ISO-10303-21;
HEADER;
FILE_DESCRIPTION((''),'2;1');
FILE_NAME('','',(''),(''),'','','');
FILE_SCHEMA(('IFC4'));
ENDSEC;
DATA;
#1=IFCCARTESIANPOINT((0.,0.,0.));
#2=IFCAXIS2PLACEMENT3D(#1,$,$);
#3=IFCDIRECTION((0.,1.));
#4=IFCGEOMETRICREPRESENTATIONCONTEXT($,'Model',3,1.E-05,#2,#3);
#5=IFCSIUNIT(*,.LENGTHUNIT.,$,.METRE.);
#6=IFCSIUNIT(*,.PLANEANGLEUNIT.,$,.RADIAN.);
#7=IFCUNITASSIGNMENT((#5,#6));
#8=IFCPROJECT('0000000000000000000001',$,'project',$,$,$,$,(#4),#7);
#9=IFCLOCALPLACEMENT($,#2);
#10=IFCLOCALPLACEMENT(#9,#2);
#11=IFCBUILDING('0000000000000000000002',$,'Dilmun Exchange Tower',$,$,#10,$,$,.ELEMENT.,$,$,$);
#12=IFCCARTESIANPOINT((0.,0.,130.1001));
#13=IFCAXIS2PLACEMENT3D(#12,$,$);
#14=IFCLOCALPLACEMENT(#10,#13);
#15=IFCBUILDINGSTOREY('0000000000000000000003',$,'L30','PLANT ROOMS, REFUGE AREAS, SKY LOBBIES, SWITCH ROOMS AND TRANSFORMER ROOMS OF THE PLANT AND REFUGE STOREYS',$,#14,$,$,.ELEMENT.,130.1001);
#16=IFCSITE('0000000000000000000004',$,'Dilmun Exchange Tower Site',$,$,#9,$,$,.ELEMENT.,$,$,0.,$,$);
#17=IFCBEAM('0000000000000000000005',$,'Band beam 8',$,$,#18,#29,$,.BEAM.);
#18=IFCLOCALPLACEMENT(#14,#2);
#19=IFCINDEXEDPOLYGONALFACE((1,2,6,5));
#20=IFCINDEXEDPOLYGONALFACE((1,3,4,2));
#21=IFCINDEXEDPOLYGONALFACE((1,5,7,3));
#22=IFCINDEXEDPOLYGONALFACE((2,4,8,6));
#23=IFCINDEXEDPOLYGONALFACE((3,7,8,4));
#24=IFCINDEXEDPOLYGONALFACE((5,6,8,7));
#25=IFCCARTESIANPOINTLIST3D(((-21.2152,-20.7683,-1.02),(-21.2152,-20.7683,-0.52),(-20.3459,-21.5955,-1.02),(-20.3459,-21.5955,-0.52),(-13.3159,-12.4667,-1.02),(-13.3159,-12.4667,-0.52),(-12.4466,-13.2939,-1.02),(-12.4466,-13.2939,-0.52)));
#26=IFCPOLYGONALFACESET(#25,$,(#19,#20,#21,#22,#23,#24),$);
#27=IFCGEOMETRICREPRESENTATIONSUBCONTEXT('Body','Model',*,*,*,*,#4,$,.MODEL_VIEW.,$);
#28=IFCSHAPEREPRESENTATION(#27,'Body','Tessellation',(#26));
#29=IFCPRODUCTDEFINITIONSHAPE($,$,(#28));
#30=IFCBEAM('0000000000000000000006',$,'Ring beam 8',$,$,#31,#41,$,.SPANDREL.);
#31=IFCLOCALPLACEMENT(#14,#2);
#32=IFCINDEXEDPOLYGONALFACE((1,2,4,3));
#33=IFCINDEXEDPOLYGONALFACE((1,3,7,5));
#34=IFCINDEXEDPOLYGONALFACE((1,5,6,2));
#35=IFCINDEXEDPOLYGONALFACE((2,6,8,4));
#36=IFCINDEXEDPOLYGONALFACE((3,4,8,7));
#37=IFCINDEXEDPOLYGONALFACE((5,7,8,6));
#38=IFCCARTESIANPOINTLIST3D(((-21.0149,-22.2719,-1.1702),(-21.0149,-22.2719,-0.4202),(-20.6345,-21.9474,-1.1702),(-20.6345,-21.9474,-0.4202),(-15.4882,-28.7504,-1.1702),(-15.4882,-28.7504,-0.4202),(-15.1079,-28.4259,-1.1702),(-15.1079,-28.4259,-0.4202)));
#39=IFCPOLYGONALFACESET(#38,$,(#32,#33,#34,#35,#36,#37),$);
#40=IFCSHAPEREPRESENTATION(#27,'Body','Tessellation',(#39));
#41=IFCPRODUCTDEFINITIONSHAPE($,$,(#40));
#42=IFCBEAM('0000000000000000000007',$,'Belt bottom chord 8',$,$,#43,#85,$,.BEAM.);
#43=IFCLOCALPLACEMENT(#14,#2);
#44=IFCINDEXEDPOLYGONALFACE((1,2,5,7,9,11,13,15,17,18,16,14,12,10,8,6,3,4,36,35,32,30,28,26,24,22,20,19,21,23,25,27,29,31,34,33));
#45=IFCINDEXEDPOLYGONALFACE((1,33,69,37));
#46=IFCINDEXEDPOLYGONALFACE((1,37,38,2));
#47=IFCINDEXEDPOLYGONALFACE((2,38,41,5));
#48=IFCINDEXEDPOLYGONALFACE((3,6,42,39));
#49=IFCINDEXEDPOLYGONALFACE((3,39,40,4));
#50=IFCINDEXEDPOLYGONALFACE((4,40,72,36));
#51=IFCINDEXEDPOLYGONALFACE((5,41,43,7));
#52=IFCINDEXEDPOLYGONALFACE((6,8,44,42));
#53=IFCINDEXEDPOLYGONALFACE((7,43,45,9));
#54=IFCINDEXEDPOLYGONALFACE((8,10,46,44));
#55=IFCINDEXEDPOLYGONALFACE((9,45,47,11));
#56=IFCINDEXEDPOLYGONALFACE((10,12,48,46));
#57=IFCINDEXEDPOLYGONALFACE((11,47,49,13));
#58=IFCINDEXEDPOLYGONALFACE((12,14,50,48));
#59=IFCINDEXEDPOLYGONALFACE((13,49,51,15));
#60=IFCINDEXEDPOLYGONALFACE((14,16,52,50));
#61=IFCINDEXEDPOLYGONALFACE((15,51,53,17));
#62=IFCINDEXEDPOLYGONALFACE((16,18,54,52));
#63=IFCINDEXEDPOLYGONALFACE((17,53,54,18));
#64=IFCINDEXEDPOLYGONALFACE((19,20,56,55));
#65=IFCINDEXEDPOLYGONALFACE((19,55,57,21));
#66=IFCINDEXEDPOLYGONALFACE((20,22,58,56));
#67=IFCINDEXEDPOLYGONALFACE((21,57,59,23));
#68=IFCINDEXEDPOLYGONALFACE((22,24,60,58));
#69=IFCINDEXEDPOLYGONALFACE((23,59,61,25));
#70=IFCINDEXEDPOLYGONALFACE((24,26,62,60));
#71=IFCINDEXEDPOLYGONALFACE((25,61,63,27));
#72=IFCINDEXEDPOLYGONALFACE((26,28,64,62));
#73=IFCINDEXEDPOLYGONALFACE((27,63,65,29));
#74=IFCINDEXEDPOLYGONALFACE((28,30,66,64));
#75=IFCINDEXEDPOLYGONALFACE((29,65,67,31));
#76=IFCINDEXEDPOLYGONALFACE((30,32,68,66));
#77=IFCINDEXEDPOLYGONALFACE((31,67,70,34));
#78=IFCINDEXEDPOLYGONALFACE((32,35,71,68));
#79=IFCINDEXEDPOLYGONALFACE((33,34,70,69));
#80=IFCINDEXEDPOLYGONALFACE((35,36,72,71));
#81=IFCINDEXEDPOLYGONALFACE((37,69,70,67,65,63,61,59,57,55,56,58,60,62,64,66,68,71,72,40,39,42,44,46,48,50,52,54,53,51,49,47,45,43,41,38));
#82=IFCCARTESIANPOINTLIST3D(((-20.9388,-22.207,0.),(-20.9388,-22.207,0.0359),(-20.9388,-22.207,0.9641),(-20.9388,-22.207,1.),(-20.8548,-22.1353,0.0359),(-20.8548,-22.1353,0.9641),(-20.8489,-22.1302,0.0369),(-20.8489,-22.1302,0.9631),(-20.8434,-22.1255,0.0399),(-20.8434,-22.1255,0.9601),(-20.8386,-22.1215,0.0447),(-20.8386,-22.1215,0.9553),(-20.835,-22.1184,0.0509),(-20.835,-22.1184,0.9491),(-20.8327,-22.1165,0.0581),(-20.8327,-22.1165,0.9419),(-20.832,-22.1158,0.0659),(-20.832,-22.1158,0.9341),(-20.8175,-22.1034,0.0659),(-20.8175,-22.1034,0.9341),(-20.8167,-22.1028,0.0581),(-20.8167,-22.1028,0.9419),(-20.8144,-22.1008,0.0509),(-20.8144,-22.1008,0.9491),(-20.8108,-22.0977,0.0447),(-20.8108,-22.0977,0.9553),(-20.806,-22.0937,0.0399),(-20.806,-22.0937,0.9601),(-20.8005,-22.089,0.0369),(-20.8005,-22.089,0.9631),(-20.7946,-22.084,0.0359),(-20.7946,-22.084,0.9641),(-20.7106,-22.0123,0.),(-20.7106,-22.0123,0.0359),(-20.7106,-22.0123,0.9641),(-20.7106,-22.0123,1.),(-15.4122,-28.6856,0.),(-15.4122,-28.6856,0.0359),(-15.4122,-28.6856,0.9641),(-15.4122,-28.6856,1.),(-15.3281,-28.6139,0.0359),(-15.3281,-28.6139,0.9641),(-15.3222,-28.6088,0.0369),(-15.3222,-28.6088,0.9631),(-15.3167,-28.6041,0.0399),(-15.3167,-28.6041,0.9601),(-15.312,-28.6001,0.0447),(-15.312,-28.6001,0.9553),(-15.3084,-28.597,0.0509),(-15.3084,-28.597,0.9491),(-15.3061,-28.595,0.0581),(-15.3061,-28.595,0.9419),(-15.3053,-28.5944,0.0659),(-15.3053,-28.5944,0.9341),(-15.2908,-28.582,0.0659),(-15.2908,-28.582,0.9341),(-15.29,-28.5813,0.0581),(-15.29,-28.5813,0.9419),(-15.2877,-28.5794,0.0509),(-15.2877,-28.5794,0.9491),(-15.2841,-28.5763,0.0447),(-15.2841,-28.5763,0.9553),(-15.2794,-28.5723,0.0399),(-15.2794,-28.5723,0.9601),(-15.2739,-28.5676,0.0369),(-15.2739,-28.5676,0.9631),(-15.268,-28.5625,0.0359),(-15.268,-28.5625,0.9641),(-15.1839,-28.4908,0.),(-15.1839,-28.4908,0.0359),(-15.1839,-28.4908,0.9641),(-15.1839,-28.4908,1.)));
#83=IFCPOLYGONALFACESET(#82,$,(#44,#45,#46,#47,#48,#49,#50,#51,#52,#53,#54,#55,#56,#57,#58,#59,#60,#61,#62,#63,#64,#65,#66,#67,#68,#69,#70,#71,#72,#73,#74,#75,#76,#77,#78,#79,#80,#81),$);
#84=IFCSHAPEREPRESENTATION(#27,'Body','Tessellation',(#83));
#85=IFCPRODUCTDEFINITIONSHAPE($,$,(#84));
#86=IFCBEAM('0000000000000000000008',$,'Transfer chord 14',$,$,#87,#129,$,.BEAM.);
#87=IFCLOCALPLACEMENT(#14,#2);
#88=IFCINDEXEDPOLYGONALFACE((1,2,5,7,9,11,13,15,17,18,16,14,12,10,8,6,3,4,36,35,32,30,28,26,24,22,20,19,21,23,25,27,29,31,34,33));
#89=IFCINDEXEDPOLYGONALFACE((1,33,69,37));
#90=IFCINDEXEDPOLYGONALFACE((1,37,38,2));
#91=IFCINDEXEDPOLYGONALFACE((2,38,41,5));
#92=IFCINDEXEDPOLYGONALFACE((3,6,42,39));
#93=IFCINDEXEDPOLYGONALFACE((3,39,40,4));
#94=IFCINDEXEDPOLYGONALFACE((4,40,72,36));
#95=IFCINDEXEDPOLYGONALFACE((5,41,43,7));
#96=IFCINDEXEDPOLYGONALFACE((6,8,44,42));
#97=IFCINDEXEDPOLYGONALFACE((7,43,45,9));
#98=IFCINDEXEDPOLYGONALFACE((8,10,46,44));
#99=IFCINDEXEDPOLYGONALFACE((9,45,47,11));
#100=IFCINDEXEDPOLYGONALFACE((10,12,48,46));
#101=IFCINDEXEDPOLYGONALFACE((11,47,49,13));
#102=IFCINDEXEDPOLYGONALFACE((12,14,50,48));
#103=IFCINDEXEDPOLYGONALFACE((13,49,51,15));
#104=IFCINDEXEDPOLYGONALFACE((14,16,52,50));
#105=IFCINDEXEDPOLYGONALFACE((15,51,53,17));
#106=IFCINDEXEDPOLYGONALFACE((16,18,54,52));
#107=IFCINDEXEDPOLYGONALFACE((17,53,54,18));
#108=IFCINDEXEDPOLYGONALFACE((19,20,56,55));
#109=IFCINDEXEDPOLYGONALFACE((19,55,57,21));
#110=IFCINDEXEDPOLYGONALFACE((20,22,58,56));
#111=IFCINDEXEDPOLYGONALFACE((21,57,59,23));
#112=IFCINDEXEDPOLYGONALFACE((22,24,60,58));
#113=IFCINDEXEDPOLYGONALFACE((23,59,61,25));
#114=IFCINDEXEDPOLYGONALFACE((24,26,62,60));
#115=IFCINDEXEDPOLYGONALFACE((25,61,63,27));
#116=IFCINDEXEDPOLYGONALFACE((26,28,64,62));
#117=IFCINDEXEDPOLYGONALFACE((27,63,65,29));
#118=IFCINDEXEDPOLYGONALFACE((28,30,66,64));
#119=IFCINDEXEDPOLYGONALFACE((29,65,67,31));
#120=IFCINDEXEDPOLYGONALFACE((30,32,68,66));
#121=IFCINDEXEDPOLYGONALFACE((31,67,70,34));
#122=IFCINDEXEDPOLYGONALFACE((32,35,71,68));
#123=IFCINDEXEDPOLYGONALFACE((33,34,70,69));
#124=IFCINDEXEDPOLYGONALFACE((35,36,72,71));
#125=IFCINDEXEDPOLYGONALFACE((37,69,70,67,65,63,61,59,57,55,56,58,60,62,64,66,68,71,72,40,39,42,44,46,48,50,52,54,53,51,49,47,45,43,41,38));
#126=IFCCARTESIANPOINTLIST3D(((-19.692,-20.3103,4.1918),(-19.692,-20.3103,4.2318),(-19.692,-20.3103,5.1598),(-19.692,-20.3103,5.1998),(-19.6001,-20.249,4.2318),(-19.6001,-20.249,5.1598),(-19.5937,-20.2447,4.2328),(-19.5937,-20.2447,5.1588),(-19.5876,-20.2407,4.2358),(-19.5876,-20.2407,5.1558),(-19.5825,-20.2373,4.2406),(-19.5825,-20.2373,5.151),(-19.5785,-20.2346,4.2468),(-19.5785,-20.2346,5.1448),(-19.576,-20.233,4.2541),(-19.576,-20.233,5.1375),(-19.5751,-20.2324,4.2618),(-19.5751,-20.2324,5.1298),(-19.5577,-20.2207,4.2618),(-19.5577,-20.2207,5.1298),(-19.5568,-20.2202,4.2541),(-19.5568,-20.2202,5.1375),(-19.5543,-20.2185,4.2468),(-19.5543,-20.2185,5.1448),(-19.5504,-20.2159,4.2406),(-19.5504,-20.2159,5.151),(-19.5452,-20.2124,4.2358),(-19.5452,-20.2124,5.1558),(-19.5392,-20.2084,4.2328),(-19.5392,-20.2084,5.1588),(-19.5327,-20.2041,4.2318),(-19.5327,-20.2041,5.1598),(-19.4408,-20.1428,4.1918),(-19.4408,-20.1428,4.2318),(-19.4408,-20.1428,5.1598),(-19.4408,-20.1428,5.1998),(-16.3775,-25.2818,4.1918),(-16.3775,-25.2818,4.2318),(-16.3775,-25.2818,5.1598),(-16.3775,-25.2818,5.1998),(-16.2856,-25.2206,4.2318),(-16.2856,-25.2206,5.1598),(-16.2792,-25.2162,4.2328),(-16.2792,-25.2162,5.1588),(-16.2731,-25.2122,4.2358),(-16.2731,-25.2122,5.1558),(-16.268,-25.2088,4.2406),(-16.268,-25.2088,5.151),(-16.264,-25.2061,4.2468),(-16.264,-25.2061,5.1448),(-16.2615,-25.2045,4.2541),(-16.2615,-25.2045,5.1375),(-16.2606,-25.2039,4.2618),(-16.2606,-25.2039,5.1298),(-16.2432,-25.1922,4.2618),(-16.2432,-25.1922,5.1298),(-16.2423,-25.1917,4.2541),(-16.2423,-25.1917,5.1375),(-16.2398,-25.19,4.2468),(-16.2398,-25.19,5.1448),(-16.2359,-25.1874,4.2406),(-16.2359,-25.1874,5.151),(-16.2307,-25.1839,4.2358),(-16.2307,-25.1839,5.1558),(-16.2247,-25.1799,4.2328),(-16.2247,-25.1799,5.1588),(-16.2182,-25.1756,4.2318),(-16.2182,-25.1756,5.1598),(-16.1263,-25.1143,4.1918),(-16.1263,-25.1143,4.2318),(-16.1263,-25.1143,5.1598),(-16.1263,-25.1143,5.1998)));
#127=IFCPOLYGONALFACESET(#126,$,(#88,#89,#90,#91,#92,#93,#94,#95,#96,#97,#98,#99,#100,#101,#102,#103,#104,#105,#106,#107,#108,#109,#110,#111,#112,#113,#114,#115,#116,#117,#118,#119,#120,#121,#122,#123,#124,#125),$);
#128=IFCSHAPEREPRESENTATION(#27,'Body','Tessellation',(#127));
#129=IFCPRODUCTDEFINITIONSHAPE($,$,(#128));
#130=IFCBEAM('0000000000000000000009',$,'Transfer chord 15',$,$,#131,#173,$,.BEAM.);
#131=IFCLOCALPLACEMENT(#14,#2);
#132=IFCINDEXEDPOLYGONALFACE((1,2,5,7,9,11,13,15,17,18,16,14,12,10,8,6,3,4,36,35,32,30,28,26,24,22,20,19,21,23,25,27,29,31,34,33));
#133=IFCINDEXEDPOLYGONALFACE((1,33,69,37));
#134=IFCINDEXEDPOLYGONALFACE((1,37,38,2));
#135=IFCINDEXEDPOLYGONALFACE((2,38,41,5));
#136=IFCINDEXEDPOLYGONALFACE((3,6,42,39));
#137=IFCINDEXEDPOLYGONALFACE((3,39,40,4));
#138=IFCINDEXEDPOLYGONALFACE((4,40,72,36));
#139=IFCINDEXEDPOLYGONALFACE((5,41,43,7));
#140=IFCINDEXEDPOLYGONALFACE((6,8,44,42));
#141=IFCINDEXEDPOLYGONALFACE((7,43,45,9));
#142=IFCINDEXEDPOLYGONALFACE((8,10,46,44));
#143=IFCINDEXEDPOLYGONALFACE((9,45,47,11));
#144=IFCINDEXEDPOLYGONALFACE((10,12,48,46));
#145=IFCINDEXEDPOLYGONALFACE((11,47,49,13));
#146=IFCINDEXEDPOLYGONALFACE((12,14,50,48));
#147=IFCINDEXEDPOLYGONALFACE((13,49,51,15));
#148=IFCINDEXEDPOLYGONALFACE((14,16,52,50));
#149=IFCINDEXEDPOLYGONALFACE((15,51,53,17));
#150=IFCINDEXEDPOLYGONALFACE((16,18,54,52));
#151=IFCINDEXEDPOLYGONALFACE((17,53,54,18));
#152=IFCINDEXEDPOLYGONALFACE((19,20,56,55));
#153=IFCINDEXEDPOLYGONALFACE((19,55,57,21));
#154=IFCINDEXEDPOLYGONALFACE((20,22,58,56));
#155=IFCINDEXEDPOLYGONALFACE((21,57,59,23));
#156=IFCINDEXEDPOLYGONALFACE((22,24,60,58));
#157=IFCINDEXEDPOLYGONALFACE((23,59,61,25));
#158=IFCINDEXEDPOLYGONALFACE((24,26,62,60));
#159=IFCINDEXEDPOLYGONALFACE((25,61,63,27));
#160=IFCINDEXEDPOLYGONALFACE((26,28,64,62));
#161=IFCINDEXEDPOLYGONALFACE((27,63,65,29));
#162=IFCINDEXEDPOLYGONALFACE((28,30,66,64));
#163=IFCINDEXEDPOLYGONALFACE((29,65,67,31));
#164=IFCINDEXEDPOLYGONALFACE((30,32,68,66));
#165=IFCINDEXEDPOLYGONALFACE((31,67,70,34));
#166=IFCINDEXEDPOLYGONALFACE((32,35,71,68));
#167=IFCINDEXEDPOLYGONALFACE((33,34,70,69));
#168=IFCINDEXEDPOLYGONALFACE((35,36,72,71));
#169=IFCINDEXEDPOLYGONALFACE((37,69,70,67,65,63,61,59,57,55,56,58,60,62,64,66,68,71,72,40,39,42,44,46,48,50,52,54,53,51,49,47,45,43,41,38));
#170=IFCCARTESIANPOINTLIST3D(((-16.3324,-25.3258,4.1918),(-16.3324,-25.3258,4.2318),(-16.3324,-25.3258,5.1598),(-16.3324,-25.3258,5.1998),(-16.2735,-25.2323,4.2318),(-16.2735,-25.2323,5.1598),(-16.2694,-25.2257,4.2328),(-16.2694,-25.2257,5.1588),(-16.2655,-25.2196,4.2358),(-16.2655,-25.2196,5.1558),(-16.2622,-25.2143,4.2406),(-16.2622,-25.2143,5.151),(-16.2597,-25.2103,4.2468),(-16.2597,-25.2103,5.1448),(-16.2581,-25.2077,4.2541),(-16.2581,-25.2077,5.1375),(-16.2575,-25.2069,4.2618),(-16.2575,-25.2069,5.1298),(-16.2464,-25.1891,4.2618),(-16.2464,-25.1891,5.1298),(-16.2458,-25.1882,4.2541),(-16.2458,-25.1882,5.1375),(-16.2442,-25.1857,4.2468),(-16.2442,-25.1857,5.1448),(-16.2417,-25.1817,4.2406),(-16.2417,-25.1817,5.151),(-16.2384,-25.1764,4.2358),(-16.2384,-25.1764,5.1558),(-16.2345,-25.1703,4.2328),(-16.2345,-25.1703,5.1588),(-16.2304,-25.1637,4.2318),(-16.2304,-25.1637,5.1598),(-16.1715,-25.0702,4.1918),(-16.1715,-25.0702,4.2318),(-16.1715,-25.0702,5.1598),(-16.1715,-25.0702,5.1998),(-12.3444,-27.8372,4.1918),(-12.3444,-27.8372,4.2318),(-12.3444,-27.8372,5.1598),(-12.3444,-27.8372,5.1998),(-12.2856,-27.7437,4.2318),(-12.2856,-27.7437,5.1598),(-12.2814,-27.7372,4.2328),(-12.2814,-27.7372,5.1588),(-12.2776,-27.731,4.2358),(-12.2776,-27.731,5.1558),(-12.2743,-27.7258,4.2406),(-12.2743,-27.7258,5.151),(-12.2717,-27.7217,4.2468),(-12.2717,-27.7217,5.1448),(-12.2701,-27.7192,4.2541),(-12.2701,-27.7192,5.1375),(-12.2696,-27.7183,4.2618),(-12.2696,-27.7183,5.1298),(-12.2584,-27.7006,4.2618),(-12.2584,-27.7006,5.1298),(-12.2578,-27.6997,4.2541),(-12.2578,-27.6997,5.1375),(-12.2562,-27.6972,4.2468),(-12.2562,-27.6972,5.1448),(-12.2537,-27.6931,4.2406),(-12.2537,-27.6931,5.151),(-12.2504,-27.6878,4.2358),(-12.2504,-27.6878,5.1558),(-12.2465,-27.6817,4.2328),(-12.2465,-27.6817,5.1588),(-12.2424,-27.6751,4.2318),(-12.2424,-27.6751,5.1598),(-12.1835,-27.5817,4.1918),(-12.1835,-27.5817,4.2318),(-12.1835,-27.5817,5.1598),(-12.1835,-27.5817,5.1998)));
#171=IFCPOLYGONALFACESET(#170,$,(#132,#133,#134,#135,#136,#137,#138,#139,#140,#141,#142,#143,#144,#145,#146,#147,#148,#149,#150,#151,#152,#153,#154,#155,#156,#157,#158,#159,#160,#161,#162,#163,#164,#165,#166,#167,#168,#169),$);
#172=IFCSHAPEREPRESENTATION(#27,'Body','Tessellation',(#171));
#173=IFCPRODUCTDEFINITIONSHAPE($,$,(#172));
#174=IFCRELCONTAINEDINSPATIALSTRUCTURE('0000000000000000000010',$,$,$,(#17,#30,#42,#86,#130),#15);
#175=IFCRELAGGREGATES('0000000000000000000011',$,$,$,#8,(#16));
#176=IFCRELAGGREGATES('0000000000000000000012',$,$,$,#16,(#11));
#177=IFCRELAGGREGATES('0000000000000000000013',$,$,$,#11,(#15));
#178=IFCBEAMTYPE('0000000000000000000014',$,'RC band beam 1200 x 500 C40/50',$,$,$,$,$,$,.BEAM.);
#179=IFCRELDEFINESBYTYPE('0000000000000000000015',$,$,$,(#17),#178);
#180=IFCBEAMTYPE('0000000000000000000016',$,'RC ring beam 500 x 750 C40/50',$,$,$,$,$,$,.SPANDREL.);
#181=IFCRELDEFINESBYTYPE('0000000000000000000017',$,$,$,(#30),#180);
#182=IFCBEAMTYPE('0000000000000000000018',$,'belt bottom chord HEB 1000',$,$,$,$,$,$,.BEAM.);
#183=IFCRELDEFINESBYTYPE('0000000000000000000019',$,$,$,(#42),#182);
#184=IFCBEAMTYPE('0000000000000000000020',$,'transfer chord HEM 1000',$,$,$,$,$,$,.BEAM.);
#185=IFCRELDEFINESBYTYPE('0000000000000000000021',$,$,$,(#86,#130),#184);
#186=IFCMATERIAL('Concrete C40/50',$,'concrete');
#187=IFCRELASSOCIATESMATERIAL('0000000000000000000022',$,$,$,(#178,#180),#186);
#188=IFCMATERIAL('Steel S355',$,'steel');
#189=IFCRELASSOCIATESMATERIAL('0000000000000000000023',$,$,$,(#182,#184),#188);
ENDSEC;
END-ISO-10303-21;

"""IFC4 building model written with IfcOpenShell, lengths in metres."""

from ifc_helpers import new_model, si_unit, direction, frame, origin, origin_2d, place, context, subcontext, project, spatial, rectangle, i_section, extrude, material, material_profile, profile_set, type_object, element, save


model = new_model("IFC4")

# Units and contexts
model_context = context("Model", 3, precision=1e-05, world=origin(), true_north=direction((0.0, 1.0)))
body_context = subcontext(model_context, "Body", "Model", "MODEL_VIEW")
ifc_project = project(units=[si_unit("LENGTHUNIT", "METRE"), si_unit("PLANEANGLEUNIT", "RADIAN")], contexts=[model_context])

# Site, building, storey
site_placement = place(None, origin())
site = spatial("IfcSite", under=ifc_project, at=site_placement, Name="Dilmun Exchange Tower Site", CompositionType="ELEMENT", RefElevation=0.0)
building_placement = place(site_placement, origin())
building = spatial("IfcBuilding", under=site, at=building_placement, Name="Dilmun Exchange Tower", CompositionType="ELEMENT")
storey_placement = place(building_placement, frame((0.0, 0.0, 130.1001)))
storey = spatial("IfcBuildingStorey", under=building, at=storey_placement, Name="L30", Description="PLANT ROOMS, REFUGE AREAS, SKY LOBBIES, SWITCH ROOMS AND TRANSFORMER ROOMS OF THE PLANT AND REFUGE STOREYS", CompositionType="ELEMENT", Elevation=130.1001)

# Beams
ifc_material_1 = material(Name="Concrete C40/50", Category="concrete")
ifc_material_profile_1 = material_profile(ifc_material_1, rectangle(XDim=1.2, YDim=0.5, at=origin_2d()), Name="1200 x 500")
ifc_profile_set_1 = profile_set([ifc_material_profile_1], Name="Concrete C40/50")
beam_type_1 = type_object("IfcBeamType", Name="RC band beam 1200 x 500 C40/50", PredefinedType="BEAM", material=ifc_profile_set_1)
beam_1_placement = place(storey_placement, frame((-20.7805, -21.1819, -0.77), z_axis=(0.689333, 0.724444, 0.0), x_axis=(-0.724444, 0.689333, 0.0)))
element("IfcBeam", 1, at=beam_1_placement, inside=storey, type_object=beam_type_1, Name="Band beam 8", PredefinedType="BEAM", context=body_context, shape_type="SweptSolid", body=[
    extrude(rectangle(XDim=1.2, YDim=0.5, at=origin_2d()), origin(), (0.0, 0.0, 1.0), 11.4592),
])
ifc_material_profile_2 = material_profile(ifc_material_1, rectangle(XDim=0.5, YDim=0.75, at=origin_2d()), Name="500 x 750")
ifc_profile_set_2 = profile_set([ifc_material_profile_2], Name="Concrete C40/50")
beam_type_2 = type_object("IfcBeamType", Name="RC ring beam 500 x 750 C40/50", PredefinedType="SPANDREL", material=ifc_profile_set_2)
beam_2_placement = place(storey_placement, frame((-20.8247, -22.1096, -0.7952), z_axis=(0.649002, -0.760786, 0.0), x_axis=(0.760786, 0.649002, 0.0)))
element("IfcBeam", 2, at=beam_2_placement, inside=storey, type_object=beam_type_2, Name="Ring beam 8", PredefinedType="SPANDREL", context=body_context, shape_type="SweptSolid", body=[
    extrude(rectangle(XDim=0.5, YDim=0.75, at=origin_2d()), origin(), (0.0, 0.0, 1.0), 8.5156),
])
ifc_material_2 = material(Name="Steel S355", Category="steel")
ifc_material_profile_3 = material_profile(ifc_material_2, i_section(OverallWidth=0.3, OverallDepth=1.0, WebThickness=0.019, FlangeThickness=0.0359, FilletRadius=0.03, at=origin_2d()), Name="HEB 1000")
ifc_profile_set_3 = profile_set([ifc_material_profile_3], Name="Steel S355")
beam_type_3 = type_object("IfcBeamType", Name="belt bottom chord HEB 1000", PredefinedType="BEAM", material=ifc_profile_set_3)
beam_3_placement = place(storey_placement, frame((-20.8247, -22.1096, 0.5), z_axis=(0.649002, -0.760786, 0.0), x_axis=(0.760786, 0.649002, 0.0)))
element("IfcBeam", 3, at=beam_3_placement, inside=storey, type_object=beam_type_3, Name="Belt bottom chord 8", PredefinedType="BEAM", context=body_context, shape_type="SweptSolid", body=[
    extrude(i_section(OverallWidth=0.3, OverallDepth=1.0, WebThickness=0.019, FlangeThickness=0.0359, FilletRadius=0.03, at=origin_2d()), origin(), (0.0, 0.0, 1.0), 8.5156),
])
ifc_material_profile_4 = material_profile(ifc_material_2, i_section(OverallWidth=0.302, OverallDepth=1.0081, WebThickness=0.021, FlangeThickness=0.04, FilletRadius=0.03, at=origin_2d()), Name="HEM 1000")
ifc_profile_set_4 = profile_set([ifc_material_profile_4], Name="Steel S355")
beam_type_4 = type_object("IfcBeamType", Name="transfer chord HEM 1000", PredefinedType="BEAM", material=ifc_profile_set_4)
beam_4_placement = place(storey_placement, frame((-19.5664, -20.2266, 4.6958), z_axis=(0.554719, -0.832038, 0.0), x_axis=(0.832038, 0.554719, 0.0)))
element("IfcBeam", 4, at=beam_4_placement, inside=storey, type_object=beam_type_4, Name="Transfer chord 14", PredefinedType="BEAM", context=body_context, shape_type="SweptSolid", body=[
    extrude(i_section(OverallWidth=0.302, OverallDepth=1.0081, WebThickness=0.021, FlangeThickness=0.04, FilletRadius=0.03, at=origin_2d()), origin(), (0.0, 0.0, 1.0), 5.9751),
])
beam_5_placement = place(storey_placement, frame((-16.252, -25.198, 4.6958), z_axis=(0.846186, -0.532887, 0.0), x_axis=(0.532887, 0.846186, 0.0)))
element("IfcBeam", 5, at=beam_5_placement, inside=storey, type_object=beam_type_4, Name="Transfer chord 15", PredefinedType="BEAM", context=body_context, shape_type="SweptSolid", body=[
    extrude(i_section(OverallWidth=0.302, OverallDepth=1.0081, WebThickness=0.021, FlangeThickness=0.04, FilletRadius=0.03, at=origin_2d()), origin(), (0.0, 0.0, 1.0), 4.7129),
])

save(model, "model.ifc")
